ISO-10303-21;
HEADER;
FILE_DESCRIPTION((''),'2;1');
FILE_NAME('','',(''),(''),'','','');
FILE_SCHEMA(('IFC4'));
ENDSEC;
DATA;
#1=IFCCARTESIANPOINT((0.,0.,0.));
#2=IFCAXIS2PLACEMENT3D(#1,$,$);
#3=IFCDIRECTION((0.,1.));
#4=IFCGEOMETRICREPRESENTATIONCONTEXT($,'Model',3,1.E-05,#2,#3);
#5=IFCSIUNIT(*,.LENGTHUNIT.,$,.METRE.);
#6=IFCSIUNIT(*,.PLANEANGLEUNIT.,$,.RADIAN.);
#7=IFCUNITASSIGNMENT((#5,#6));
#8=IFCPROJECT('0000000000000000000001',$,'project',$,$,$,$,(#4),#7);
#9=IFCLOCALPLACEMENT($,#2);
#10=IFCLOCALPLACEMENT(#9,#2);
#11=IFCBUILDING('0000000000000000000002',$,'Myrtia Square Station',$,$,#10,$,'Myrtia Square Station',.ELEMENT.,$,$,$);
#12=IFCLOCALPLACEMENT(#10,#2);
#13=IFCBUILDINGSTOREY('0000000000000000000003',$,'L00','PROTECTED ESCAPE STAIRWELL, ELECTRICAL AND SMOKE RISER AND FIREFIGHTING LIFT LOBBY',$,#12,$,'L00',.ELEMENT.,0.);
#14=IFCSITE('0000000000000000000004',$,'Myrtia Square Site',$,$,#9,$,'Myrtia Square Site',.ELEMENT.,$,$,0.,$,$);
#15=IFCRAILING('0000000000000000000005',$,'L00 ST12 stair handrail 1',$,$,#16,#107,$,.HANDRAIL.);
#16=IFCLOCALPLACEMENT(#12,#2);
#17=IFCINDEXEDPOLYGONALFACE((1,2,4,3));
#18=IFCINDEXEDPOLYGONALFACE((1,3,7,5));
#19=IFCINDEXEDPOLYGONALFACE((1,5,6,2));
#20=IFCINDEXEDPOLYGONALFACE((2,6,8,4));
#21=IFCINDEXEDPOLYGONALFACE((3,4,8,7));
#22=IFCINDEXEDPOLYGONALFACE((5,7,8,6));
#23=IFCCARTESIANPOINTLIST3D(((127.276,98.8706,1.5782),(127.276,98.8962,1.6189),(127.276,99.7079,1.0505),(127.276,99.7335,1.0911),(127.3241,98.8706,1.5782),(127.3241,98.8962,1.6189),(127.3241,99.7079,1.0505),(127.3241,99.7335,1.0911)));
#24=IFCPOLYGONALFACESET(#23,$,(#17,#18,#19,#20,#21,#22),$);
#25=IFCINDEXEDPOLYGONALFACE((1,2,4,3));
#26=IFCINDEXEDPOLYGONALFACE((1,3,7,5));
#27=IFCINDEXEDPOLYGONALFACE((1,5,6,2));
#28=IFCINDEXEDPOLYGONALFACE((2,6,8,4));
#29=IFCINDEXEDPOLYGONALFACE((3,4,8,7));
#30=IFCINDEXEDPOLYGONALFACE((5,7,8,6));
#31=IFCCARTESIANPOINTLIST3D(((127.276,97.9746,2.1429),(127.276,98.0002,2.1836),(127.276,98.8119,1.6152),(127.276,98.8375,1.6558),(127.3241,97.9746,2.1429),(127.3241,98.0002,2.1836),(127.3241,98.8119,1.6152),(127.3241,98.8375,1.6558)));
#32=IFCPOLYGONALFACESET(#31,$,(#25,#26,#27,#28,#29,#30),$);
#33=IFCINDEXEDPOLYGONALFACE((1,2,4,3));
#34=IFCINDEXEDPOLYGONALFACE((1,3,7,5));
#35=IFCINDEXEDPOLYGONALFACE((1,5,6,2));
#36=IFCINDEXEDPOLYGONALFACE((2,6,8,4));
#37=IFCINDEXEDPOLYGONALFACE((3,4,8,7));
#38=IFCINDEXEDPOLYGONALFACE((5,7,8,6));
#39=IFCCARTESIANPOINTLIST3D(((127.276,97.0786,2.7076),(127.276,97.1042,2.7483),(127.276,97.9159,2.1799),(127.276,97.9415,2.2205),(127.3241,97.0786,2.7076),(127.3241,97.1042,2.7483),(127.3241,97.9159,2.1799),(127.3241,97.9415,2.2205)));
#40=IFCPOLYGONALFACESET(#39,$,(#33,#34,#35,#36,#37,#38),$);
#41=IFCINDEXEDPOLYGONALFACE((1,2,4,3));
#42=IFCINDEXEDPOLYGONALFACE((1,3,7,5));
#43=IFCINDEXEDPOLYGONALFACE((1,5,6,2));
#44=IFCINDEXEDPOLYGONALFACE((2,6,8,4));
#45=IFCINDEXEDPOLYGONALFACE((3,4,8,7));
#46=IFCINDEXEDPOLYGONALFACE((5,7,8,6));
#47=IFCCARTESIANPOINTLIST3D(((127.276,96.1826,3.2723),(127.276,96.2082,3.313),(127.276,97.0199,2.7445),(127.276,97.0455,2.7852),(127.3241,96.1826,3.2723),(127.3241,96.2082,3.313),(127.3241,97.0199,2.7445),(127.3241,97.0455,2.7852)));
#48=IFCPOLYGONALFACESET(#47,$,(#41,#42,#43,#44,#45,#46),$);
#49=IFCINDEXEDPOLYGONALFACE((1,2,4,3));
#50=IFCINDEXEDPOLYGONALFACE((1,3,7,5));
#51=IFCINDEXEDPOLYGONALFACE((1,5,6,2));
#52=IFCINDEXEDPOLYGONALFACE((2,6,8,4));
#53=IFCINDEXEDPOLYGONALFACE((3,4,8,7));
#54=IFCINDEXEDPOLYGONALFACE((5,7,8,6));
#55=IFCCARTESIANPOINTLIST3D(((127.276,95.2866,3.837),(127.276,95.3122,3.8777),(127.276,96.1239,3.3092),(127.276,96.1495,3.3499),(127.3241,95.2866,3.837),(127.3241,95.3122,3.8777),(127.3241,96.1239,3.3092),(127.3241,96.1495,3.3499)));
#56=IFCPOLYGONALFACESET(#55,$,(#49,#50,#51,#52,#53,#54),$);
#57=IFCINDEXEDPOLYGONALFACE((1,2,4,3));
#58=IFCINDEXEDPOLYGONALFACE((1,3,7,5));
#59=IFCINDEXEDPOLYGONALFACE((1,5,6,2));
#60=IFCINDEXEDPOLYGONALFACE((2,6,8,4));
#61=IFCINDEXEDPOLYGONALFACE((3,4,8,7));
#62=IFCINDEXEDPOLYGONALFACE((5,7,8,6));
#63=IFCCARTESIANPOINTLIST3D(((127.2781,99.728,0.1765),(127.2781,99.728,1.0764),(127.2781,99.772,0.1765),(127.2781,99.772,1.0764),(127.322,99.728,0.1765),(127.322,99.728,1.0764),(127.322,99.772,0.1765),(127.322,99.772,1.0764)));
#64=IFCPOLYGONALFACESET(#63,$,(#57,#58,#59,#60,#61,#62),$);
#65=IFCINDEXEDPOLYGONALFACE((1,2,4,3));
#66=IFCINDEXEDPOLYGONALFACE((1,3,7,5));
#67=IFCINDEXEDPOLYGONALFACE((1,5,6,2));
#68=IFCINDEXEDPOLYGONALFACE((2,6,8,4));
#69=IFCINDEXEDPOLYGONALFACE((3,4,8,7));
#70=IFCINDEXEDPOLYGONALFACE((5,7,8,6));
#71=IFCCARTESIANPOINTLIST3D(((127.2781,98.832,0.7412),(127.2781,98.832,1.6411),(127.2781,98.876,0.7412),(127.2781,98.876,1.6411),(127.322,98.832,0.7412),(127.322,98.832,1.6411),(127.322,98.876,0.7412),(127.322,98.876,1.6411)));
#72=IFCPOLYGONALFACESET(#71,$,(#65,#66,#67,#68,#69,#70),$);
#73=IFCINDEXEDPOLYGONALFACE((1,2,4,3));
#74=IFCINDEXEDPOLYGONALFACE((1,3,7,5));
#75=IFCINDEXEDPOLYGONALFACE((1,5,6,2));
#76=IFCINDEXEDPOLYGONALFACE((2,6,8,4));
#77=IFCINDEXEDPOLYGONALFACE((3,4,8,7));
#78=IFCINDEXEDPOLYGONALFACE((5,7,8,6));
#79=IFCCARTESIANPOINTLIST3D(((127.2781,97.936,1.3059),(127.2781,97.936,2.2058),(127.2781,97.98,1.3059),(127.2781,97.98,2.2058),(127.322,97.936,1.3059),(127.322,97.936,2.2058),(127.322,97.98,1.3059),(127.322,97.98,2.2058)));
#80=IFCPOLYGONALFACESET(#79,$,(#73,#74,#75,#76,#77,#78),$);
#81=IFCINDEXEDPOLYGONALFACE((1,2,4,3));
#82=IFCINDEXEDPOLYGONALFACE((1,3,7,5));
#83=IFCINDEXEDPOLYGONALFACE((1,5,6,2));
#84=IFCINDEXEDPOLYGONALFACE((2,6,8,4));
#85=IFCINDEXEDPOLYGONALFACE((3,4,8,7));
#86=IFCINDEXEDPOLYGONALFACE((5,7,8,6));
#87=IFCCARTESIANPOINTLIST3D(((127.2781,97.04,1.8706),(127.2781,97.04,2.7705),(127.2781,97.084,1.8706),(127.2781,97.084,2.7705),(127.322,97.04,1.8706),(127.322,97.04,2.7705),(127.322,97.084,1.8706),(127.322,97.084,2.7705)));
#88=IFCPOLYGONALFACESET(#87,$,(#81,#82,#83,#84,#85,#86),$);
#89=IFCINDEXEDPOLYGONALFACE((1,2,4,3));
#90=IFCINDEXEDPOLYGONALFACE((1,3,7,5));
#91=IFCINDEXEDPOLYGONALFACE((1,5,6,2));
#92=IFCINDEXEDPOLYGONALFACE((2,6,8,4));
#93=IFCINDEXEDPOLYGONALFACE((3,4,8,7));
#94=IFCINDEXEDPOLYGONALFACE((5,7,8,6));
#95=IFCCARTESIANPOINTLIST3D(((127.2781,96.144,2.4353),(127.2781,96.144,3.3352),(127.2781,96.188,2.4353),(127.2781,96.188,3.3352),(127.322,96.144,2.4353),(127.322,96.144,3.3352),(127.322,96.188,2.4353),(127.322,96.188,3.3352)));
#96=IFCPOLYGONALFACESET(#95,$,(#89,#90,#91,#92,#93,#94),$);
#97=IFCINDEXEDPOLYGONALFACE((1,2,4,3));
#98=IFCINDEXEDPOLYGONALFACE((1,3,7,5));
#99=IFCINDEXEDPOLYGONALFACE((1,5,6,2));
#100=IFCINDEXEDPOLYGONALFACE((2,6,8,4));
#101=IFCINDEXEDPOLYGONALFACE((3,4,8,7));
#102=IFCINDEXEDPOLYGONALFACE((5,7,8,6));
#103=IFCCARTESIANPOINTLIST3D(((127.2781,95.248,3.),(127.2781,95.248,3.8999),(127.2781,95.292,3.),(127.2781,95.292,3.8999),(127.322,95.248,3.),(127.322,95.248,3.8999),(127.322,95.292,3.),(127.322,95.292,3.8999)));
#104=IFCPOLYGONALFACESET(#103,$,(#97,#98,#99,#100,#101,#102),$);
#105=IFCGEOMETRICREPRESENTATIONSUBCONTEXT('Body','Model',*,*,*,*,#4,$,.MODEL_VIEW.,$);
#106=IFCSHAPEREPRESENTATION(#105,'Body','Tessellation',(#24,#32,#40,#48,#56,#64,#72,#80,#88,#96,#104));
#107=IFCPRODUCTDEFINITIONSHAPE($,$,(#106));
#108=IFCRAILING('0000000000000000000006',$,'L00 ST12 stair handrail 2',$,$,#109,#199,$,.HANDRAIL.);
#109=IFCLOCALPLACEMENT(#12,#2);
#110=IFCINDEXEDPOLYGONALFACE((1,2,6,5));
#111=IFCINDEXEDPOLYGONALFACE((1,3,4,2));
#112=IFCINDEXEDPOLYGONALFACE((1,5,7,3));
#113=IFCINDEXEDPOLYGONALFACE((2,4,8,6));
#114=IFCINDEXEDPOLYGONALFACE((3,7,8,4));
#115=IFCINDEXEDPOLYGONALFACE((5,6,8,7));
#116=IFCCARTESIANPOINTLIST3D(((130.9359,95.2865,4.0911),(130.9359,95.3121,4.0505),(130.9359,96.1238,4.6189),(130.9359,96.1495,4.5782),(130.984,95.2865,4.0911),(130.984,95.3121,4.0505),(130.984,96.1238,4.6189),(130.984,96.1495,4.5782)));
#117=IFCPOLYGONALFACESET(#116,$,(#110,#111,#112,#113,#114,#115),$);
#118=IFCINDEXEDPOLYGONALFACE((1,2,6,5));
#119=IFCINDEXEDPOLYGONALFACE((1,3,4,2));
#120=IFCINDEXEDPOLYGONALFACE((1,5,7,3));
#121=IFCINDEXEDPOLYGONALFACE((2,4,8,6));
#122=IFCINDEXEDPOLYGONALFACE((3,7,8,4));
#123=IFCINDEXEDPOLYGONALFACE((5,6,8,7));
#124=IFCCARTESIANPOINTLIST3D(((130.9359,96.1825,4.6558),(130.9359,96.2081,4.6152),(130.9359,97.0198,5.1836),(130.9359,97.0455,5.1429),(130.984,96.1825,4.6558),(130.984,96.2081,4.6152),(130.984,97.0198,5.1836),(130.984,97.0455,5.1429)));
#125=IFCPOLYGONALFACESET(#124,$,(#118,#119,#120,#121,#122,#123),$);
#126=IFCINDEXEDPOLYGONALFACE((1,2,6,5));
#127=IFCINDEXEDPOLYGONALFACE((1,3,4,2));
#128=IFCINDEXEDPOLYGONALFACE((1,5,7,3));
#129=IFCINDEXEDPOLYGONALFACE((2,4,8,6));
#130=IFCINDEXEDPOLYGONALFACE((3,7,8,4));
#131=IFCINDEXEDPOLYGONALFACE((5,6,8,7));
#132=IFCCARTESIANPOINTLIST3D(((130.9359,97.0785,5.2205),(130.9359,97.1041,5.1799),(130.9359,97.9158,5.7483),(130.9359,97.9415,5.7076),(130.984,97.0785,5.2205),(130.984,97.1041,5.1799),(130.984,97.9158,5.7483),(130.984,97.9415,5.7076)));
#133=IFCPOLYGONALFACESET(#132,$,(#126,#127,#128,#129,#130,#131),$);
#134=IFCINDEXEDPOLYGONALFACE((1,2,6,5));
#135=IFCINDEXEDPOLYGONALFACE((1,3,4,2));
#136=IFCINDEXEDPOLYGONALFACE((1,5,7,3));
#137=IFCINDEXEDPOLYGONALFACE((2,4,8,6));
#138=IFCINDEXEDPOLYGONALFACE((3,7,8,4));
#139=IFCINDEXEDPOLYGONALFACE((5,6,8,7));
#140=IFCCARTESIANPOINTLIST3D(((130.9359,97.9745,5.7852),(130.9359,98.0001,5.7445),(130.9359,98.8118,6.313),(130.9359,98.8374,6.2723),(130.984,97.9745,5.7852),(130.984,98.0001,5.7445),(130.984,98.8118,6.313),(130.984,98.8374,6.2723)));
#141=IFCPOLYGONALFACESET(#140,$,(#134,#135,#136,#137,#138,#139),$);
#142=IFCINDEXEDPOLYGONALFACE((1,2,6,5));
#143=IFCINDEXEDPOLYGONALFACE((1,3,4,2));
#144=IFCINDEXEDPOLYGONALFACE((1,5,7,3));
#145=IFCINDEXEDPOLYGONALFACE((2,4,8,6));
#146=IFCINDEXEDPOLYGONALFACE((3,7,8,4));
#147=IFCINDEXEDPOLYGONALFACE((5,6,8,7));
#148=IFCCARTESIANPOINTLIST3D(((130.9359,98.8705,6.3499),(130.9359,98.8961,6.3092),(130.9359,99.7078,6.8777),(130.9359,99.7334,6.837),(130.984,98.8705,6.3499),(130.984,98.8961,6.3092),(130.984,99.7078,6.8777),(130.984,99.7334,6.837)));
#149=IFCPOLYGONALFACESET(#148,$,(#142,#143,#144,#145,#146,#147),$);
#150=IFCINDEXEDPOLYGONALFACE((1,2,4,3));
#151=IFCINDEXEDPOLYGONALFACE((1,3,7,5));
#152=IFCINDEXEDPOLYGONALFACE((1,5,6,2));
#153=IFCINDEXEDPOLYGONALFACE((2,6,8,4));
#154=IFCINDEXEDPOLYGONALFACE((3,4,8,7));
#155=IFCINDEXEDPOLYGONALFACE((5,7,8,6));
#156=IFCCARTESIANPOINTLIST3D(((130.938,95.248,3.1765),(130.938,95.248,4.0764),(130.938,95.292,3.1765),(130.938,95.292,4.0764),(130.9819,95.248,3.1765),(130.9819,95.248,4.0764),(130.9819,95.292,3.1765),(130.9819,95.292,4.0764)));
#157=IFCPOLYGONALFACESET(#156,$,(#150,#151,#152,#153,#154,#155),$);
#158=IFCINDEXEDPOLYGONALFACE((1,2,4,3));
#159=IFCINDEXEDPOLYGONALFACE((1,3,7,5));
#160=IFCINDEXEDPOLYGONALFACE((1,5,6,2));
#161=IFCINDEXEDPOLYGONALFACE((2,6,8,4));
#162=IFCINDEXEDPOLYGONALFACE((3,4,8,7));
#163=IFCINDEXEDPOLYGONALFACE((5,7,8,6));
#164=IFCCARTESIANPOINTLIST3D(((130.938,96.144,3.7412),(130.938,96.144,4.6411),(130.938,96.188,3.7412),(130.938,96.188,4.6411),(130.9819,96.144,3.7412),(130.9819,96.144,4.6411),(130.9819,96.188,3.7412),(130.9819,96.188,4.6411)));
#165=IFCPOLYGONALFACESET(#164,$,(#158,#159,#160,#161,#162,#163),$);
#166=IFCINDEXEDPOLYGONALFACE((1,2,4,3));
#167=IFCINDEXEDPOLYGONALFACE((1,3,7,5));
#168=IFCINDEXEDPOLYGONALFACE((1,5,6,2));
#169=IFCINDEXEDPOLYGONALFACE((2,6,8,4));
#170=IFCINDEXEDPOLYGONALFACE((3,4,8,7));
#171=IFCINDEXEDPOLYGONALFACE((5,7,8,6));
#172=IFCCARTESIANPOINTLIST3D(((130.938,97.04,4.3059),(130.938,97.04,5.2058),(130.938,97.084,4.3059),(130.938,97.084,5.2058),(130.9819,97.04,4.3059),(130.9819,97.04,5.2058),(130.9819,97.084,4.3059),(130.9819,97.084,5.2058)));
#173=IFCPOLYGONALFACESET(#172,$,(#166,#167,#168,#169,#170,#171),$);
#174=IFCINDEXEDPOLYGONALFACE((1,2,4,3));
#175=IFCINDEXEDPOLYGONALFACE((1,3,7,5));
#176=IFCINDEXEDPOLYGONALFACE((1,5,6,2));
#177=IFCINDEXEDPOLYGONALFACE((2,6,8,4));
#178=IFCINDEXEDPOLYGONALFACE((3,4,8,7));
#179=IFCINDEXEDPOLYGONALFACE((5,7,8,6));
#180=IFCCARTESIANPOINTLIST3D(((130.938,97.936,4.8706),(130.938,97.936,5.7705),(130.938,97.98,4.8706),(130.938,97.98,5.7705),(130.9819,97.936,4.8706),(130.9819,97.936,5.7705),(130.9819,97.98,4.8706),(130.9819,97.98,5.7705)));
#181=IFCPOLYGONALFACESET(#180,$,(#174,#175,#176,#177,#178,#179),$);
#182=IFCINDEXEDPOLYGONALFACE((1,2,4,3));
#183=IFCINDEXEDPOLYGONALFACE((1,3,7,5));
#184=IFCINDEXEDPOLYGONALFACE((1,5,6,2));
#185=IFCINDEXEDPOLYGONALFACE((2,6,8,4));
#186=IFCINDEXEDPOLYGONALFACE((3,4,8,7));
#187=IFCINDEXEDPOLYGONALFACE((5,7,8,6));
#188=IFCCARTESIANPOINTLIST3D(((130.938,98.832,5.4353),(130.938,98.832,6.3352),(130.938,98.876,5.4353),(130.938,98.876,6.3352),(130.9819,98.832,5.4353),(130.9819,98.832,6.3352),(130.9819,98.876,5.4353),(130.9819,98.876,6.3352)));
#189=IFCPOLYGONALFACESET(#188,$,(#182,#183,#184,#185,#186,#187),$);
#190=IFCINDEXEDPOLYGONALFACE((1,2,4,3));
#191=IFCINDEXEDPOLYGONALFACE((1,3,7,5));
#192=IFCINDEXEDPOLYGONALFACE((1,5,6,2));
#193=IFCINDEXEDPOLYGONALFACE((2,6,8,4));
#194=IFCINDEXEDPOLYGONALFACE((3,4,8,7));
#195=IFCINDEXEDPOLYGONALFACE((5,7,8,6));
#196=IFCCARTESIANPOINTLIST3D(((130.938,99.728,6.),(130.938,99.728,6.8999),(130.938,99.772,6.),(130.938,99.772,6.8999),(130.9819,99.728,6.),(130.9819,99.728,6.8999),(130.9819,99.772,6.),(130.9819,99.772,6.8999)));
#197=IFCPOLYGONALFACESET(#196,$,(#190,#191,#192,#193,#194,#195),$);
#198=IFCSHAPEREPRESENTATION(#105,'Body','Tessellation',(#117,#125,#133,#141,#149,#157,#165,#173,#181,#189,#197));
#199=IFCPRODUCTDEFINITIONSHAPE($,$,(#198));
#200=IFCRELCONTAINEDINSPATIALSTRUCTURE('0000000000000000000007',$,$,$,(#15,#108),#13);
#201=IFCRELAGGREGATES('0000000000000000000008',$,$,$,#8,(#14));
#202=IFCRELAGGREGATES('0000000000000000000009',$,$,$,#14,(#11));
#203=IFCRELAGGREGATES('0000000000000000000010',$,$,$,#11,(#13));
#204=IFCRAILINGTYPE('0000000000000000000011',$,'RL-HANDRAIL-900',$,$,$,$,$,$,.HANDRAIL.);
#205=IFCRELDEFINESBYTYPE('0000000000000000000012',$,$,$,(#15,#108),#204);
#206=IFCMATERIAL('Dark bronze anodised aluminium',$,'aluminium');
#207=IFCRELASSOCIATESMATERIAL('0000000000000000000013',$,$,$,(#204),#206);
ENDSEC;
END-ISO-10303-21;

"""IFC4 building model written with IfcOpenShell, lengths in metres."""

from ifc_helpers import new_model, si_unit, direction, frame, origin, origin_2d, place, context, subcontext, project, spatial, rectangle, extrude, material, type_object, element, save


model = new_model("IFC4")

# Units and contexts
model_context = context("Model", 3, precision=1e-05, world=origin(), true_north=direction((0.0, 1.0)))
body_context = subcontext(model_context, "Body", "Model", "MODEL_VIEW")
ifc_project = project(units=[si_unit("LENGTHUNIT", "METRE"), si_unit("PLANEANGLEUNIT", "RADIAN")], contexts=[model_context])

# Site, building, storey
site_placement = place(None, origin())
site = spatial("IfcSite", under=ifc_project, at=site_placement, Name="Myrtia Square Site", LongName="Myrtia Square Site", CompositionType="ELEMENT", RefElevation=0.0)
building_placement = place(site_placement, origin())
building = spatial("IfcBuilding", under=site, at=building_placement, Name="Myrtia Square Station", LongName="Myrtia Square Station", CompositionType="ELEMENT")
storey_placement = place(building_placement, origin())
storey = spatial("IfcBuildingStorey", under=building, at=storey_placement, Name="L00", Description="PROTECTED ESCAPE STAIRWELL, ELECTRICAL AND SMOKE RISER AND FIREFIGHTING LIFT LOBBY", LongName="L00", CompositionType="ELEMENT", Elevation=0.0)

# Shared definitions
ifc_material_1 = material(Name="Dark bronze anodised aluminium", Category="aluminium")

# Railings
railing_type_1 = type_object("IfcRailingType", Name="RL-HANDRAIL-900", PredefinedType="HANDRAIL", material=ifc_material_1)
railing_1_placement = place(storey_placement, frame((127.3, 99.75, 0.1765)))
element("IfcRailing", 1, at=railing_1_placement, inside=storey, type_object=railing_type_1, Name="L00 ST12 stair handrail 1", PredefinedType="HANDRAIL", context=body_context, shape_type="SweptSolid", body=[
    extrude(rectangle(XDim=0.0481, YDim=0.0481, at=origin_2d()), frame((0.0, -0.0293, 0.8943), z_axis=(0.0, -0.845998, 0.533186), x_axis=(1.0, 0.0, 0.0)), (0.0, 0.0, 1.0), 0.9897),
    extrude(rectangle(XDim=0.0481, YDim=0.0481, at=origin_2d()), frame((0.0, -0.9253, 1.459), z_axis=(0.0, -0.845998, 0.533186), x_axis=(1.0, 0.0, 0.0)), (0.0, 0.0, 1.0), 0.9897),
    extrude(rectangle(XDim=0.0481, YDim=0.0481, at=origin_2d()), frame((0.0, -1.8213, 2.0237), z_axis=(0.0, -0.845998, 0.533186), x_axis=(1.0, 0.0, 0.0)), (0.0, 0.0, 1.0), 0.9897),
    extrude(rectangle(XDim=0.0481, YDim=0.0481, at=origin_2d()), frame((0.0, -2.7173, 2.5884), z_axis=(0.0, -0.845998, 0.533186), x_axis=(1.0, 0.0, 0.0)), (0.0, 0.0, 1.0), 0.9897),
    extrude(rectangle(XDim=0.0481, YDim=0.0481, at=origin_2d()), frame((0.0, -3.6133, 3.1531), z_axis=(0.0, -0.845998, 0.533186), x_axis=(1.0, 0.0, 0.0)), (0.0, 0.0, 1.0), 0.9897),
    extrude(rectangle(XDim=0.0439, YDim=0.0439, at=origin_2d()), origin(), (0.0, 0.0, 1.0), 0.8999),
    extrude(rectangle(XDim=0.0439, YDim=0.0439, at=origin_2d()), frame((0.0, -0.896, 0.5647)), (0.0, 0.0, 1.0), 0.8999),
    extrude(rectangle(XDim=0.0439, YDim=0.0439, at=origin_2d()), frame((0.0, -1.792, 1.1294)), (0.0, 0.0, 1.0), 0.8999),
    extrude(rectangle(XDim=0.0439, YDim=0.0439, at=origin_2d()), frame((0.0, -2.688, 1.6941)), (0.0, 0.0, 1.0), 0.8999),
    extrude(rectangle(XDim=0.0439, YDim=0.0439, at=origin_2d()), frame((0.0, -3.584, 2.2588)), (0.0, 0.0, 1.0), 0.8999),
    extrude(rectangle(XDim=0.0439, YDim=0.0439, at=origin_2d()), frame((0.0, -4.48, 2.8235)), (0.0, 0.0, 1.0), 0.8999),
])
railing_2_placement = place(storey_placement, frame((130.96, 95.27, 3.1765)))
element("IfcRailing", 2, at=railing_2_placement, inside=storey, type_object=railing_type_1, Name="L00 ST12 stair handrail 2", PredefinedType="HANDRAIL", context=body_context, shape_type="SweptSolid", body=[
    extrude(rectangle(XDim=0.0481, YDim=0.0481, at=origin_2d()), frame((0.0, 0.0293, 0.8943), z_axis=(0.0, 0.845998, 0.533186), x_axis=(-1.0, 0.0, 0.0)), (0.0, 0.0, 1.0), 0.9897),
    extrude(rectangle(XDim=0.0481, YDim=0.0481, at=origin_2d()), frame((0.0, 0.9253, 1.459), z_axis=(0.0, 0.845998, 0.533186), x_axis=(-1.0, 0.0, 0.0)), (0.0, 0.0, 1.0), 0.9897),
    extrude(rectangle(XDim=0.0481, YDim=0.0481, at=origin_2d()), frame((0.0, 1.8213, 2.0237), z_axis=(0.0, 0.845998, 0.533186), x_axis=(-1.0, 0.0, 0.0)), (0.0, 0.0, 1.0), 0.9897),
    extrude(rectangle(XDim=0.0481, YDim=0.0481, at=origin_2d()), frame((0.0, 2.7173, 2.5884), z_axis=(0.0, 0.845998, 0.533186), x_axis=(-1.0, 0.0, 0.0)), (0.0, 0.0, 1.0), 0.9897),
    extrude(rectangle(XDim=0.0481, YDim=0.0481, at=origin_2d()), frame((0.0, 3.6133, 3.1531), z_axis=(0.0, 0.845998, 0.533186), x_axis=(-1.0, 0.0, 0.0)), (0.0, 0.0, 1.0), 0.9897),
    extrude(rectangle(XDim=0.0439, YDim=0.0439, at=origin_2d()), origin(), (0.0, 0.0, 1.0), 0.8999),
    extrude(rectangle(XDim=0.0439, YDim=0.0439, at=origin_2d()), frame((0.0, 0.896, 0.5647)), (0.0, 0.0, 1.0), 0.8999),
    extrude(rectangle(XDim=0.0439, YDim=0.0439, at=origin_2d()), frame((0.0, 1.792, 1.1294)), (0.0, 0.0, 1.0), 0.8999),
    extrude(rectangle(XDim=0.0439, YDim=0.0439, at=origin_2d()), frame((0.0, 2.688, 1.6941)), (0.0, 0.0, 1.0), 0.8999),
    extrude(rectangle(XDim=0.0439, YDim=0.0439, at=origin_2d()), frame((0.0, 3.584, 2.2588)), (0.0, 0.0, 1.0), 0.8999),
    extrude(rectangle(XDim=0.0439, YDim=0.0439, at=origin_2d()), frame((0.0, 4.48, 2.8235)), (0.0, 0.0, 1.0), 0.8999),
])

save(model, "model.ifc")
